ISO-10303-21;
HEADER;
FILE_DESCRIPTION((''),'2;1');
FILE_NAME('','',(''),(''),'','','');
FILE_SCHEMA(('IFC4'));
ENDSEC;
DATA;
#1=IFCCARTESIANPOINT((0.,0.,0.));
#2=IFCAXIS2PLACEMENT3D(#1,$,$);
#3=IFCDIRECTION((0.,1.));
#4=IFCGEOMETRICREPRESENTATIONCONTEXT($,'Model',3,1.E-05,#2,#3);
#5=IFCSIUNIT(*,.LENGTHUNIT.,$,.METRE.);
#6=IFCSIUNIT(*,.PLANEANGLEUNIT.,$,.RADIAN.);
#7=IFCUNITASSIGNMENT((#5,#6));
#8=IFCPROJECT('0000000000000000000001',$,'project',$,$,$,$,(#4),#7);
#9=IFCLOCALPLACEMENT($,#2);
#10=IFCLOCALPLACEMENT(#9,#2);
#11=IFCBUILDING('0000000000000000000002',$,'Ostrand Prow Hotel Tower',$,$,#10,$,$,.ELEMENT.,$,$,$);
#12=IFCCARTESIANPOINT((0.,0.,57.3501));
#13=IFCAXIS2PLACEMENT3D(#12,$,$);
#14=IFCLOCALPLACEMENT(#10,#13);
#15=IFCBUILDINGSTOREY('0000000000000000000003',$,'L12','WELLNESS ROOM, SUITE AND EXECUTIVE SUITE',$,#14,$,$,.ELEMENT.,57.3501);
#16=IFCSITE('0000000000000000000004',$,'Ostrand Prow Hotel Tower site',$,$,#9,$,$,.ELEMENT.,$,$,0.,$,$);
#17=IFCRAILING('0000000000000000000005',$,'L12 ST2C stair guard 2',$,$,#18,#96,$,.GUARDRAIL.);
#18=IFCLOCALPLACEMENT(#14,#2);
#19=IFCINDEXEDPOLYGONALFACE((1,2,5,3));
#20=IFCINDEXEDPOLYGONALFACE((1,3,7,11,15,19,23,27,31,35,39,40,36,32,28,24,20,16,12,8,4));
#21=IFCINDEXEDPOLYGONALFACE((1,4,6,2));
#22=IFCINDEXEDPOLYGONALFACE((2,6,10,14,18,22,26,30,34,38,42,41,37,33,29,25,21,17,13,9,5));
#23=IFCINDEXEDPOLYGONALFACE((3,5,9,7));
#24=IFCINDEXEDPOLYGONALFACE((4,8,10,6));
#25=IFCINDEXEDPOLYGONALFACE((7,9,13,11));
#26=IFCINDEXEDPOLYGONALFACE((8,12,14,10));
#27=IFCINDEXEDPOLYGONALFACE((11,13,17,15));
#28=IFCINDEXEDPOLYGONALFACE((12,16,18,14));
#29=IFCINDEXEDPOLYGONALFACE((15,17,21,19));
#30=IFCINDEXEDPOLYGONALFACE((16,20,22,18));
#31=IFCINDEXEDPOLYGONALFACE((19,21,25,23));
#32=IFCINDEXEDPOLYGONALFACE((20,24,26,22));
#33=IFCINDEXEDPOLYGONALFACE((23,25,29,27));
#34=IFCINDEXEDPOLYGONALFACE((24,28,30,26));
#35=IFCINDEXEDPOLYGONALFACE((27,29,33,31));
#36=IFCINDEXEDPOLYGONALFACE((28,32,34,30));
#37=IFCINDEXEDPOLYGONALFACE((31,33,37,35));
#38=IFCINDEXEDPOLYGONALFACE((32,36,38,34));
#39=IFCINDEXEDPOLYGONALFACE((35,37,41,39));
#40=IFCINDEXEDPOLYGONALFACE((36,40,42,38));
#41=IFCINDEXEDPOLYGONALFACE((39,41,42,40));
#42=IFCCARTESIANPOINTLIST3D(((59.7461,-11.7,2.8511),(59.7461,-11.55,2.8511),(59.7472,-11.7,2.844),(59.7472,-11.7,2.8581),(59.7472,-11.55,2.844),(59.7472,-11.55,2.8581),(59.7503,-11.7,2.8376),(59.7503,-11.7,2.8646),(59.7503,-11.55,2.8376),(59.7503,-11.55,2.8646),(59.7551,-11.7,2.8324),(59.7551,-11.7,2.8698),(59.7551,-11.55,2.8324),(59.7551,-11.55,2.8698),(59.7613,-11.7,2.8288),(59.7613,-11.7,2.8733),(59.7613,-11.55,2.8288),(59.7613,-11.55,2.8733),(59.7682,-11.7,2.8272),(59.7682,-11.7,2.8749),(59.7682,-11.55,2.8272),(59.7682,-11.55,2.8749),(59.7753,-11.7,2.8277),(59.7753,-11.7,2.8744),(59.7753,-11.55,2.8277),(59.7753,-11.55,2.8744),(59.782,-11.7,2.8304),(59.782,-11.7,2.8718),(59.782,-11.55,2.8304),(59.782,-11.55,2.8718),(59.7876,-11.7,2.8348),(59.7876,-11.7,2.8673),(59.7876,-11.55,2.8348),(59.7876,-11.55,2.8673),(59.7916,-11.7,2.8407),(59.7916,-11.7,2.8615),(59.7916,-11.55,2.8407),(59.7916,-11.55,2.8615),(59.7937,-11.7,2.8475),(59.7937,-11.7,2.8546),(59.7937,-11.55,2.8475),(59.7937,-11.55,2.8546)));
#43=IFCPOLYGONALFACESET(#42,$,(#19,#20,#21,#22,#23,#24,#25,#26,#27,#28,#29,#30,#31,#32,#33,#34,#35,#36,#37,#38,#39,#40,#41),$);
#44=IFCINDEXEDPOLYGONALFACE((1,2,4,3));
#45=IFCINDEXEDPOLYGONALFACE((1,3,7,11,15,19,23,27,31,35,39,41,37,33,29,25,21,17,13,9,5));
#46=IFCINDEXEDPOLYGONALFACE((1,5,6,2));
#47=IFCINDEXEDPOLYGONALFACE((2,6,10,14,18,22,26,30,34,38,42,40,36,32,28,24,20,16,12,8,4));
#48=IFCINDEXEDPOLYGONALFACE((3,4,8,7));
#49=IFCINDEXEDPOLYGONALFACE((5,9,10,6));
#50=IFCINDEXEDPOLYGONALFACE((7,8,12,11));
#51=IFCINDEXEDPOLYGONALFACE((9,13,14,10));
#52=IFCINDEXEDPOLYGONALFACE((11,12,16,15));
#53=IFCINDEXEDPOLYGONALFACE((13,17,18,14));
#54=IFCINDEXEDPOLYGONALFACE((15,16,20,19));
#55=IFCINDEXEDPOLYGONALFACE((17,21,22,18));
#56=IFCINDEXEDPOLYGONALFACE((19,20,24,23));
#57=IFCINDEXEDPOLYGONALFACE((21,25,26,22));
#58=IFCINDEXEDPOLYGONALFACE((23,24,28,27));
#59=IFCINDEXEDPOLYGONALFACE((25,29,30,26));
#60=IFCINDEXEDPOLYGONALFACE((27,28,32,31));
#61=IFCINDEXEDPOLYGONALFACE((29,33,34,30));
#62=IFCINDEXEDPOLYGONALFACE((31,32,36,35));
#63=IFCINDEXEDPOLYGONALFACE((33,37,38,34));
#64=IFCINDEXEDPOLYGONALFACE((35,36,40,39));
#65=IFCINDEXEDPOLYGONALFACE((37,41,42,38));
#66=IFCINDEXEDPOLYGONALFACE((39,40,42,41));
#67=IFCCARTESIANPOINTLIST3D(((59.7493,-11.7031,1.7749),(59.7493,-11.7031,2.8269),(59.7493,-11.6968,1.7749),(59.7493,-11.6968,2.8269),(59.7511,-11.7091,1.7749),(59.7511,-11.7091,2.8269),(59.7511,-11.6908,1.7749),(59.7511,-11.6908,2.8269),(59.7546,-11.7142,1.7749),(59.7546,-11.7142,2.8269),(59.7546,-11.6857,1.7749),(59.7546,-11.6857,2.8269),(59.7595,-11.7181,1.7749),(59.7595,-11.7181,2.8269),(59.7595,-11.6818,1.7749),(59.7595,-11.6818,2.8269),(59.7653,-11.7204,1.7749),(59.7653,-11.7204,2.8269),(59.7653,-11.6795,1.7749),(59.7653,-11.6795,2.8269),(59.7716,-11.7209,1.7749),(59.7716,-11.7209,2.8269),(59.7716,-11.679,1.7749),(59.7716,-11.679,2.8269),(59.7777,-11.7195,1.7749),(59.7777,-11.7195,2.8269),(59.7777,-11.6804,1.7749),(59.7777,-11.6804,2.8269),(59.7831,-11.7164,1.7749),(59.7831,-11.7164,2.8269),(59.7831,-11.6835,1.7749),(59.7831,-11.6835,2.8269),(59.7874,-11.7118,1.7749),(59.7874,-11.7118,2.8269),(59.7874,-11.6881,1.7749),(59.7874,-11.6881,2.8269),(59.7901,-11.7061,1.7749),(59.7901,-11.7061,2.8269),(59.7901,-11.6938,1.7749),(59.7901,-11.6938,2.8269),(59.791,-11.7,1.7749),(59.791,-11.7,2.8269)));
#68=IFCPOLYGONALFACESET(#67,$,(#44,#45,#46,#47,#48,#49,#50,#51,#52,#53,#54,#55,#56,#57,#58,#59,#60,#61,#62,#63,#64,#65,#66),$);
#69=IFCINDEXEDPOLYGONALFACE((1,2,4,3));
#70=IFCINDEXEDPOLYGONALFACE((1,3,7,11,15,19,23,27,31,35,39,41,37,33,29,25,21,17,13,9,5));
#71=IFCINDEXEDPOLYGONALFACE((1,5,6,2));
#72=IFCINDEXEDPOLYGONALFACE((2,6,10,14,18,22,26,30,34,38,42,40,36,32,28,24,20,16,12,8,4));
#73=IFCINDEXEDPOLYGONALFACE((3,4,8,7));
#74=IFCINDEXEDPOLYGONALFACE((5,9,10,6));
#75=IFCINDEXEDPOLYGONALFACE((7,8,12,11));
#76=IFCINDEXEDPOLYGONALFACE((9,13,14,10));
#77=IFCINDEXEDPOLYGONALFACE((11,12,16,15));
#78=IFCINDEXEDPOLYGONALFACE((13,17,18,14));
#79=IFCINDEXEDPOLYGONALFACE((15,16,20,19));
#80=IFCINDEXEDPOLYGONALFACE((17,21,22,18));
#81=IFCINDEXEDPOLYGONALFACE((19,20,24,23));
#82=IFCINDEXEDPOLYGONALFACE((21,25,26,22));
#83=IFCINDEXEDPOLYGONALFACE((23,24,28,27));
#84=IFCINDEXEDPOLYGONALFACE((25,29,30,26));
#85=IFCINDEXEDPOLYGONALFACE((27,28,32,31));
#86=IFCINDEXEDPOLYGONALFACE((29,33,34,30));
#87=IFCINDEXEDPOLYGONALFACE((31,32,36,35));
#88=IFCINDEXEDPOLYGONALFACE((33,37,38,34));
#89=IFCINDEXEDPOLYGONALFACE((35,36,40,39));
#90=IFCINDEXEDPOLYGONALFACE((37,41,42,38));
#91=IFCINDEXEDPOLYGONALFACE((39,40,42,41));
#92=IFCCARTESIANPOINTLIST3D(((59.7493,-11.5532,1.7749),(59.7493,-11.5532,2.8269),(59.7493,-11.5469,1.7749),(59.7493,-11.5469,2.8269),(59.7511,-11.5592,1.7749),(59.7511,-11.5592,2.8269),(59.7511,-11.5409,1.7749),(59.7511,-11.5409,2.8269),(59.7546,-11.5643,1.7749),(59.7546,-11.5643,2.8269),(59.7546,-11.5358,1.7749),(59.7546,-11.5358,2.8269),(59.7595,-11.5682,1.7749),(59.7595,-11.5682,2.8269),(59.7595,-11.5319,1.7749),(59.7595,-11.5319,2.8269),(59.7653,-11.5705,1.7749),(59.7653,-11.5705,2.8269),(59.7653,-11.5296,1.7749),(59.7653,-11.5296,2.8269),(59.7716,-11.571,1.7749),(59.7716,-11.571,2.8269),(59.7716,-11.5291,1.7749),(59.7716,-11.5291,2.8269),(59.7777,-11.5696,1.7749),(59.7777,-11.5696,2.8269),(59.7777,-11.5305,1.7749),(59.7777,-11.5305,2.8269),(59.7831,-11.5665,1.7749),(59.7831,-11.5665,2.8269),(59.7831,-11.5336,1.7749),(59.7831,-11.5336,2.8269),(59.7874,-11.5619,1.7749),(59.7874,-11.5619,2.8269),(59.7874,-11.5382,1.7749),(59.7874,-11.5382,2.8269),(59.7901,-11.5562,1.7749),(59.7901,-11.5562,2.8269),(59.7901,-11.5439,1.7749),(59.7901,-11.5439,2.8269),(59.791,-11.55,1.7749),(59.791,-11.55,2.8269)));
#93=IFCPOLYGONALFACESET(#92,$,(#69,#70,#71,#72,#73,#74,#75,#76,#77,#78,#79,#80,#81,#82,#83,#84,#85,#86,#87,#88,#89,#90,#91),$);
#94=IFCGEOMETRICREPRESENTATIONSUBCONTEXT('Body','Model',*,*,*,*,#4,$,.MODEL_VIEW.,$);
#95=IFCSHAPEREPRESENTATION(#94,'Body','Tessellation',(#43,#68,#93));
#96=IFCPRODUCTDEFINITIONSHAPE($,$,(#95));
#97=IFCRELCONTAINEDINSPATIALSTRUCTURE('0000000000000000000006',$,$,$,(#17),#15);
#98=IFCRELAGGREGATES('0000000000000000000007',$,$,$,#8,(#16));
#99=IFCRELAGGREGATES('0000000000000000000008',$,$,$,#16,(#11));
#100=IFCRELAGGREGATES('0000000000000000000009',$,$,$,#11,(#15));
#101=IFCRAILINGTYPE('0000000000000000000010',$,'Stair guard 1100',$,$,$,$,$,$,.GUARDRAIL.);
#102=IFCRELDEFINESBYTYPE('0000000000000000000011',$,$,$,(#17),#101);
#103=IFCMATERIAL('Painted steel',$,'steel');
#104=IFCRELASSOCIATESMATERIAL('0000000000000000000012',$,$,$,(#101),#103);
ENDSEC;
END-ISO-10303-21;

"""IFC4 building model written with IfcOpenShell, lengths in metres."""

from ifc_helpers import new_model, si_unit, direction, frame, origin, origin_2d, place, context, subcontext, project, spatial, circle, extrude, material, type_object, element, save


model = new_model("IFC4")

# Units and contexts
model_context = context("Model", 3, precision=1e-05, world=origin(), true_north=direction((0.0, 1.0)))
body_context = subcontext(model_context, "Body", "Model", "MODEL_VIEW")
ifc_project = project(units=[si_unit("LENGTHUNIT", "METRE"), si_unit("PLANEANGLEUNIT", "RADIAN")], contexts=[model_context])

# Site, building, storey
site_placement = place(None, origin())
site = spatial("IfcSite", under=ifc_project, at=site_placement, Name="Ostrand Prow Hotel Tower site", CompositionType="ELEMENT", RefElevation=0.0)
building_placement = place(site_placement, origin())
building = spatial("IfcBuilding", under=site, at=building_placement, Name="Ostrand Prow Hotel Tower", CompositionType="ELEMENT")
storey_placement = place(building_placement, frame((0.0, 0.0, 57.3501)))
storey = spatial("IfcBuildingStorey", under=building, at=storey_placement, Name="L12", Description="WELLNESS ROOM, SUITE AND EXECUTIVE SUITE", CompositionType="ELEMENT", Elevation=57.3501)

# Railing
ifc_material_1 = material(Name="Painted steel", Category="steel")
railing_type_1 = type_object("IfcRailingType", Name="Stair guard 1100", PredefinedType="GUARDRAIL", material=ifc_material_1)
railing_1_placement = place(storey_placement, frame((59.77, -11.7, 1.7749)))
element("IfcRailing", 1, at=railing_1_placement, inside=storey, type_object=railing_type_1, Name="L12 ST2C stair guard 2", PredefinedType="GUARDRAIL", context=body_context, shape_type="SweptSolid", body=[
    extrude(circle(Radius=0.0239, at=origin_2d()), frame((0.0, 0.0, 1.0762), z_axis=(0.0, 1.0, 0.0), x_axis=(-1.0, 0.0, 0.0)), (0.0, 0.0, 1.0), 0.1499),
    extrude(circle(Radius=0.021, at=origin_2d()), origin(), (0.0, 0.0, 1.0), 1.052),
    extrude(circle(Radius=0.021, at=origin_2d()), frame((0.0, 0.1499, 0.0)), (0.0, 0.0, 1.0), 1.052),
])

save(model, "model.ifc")
